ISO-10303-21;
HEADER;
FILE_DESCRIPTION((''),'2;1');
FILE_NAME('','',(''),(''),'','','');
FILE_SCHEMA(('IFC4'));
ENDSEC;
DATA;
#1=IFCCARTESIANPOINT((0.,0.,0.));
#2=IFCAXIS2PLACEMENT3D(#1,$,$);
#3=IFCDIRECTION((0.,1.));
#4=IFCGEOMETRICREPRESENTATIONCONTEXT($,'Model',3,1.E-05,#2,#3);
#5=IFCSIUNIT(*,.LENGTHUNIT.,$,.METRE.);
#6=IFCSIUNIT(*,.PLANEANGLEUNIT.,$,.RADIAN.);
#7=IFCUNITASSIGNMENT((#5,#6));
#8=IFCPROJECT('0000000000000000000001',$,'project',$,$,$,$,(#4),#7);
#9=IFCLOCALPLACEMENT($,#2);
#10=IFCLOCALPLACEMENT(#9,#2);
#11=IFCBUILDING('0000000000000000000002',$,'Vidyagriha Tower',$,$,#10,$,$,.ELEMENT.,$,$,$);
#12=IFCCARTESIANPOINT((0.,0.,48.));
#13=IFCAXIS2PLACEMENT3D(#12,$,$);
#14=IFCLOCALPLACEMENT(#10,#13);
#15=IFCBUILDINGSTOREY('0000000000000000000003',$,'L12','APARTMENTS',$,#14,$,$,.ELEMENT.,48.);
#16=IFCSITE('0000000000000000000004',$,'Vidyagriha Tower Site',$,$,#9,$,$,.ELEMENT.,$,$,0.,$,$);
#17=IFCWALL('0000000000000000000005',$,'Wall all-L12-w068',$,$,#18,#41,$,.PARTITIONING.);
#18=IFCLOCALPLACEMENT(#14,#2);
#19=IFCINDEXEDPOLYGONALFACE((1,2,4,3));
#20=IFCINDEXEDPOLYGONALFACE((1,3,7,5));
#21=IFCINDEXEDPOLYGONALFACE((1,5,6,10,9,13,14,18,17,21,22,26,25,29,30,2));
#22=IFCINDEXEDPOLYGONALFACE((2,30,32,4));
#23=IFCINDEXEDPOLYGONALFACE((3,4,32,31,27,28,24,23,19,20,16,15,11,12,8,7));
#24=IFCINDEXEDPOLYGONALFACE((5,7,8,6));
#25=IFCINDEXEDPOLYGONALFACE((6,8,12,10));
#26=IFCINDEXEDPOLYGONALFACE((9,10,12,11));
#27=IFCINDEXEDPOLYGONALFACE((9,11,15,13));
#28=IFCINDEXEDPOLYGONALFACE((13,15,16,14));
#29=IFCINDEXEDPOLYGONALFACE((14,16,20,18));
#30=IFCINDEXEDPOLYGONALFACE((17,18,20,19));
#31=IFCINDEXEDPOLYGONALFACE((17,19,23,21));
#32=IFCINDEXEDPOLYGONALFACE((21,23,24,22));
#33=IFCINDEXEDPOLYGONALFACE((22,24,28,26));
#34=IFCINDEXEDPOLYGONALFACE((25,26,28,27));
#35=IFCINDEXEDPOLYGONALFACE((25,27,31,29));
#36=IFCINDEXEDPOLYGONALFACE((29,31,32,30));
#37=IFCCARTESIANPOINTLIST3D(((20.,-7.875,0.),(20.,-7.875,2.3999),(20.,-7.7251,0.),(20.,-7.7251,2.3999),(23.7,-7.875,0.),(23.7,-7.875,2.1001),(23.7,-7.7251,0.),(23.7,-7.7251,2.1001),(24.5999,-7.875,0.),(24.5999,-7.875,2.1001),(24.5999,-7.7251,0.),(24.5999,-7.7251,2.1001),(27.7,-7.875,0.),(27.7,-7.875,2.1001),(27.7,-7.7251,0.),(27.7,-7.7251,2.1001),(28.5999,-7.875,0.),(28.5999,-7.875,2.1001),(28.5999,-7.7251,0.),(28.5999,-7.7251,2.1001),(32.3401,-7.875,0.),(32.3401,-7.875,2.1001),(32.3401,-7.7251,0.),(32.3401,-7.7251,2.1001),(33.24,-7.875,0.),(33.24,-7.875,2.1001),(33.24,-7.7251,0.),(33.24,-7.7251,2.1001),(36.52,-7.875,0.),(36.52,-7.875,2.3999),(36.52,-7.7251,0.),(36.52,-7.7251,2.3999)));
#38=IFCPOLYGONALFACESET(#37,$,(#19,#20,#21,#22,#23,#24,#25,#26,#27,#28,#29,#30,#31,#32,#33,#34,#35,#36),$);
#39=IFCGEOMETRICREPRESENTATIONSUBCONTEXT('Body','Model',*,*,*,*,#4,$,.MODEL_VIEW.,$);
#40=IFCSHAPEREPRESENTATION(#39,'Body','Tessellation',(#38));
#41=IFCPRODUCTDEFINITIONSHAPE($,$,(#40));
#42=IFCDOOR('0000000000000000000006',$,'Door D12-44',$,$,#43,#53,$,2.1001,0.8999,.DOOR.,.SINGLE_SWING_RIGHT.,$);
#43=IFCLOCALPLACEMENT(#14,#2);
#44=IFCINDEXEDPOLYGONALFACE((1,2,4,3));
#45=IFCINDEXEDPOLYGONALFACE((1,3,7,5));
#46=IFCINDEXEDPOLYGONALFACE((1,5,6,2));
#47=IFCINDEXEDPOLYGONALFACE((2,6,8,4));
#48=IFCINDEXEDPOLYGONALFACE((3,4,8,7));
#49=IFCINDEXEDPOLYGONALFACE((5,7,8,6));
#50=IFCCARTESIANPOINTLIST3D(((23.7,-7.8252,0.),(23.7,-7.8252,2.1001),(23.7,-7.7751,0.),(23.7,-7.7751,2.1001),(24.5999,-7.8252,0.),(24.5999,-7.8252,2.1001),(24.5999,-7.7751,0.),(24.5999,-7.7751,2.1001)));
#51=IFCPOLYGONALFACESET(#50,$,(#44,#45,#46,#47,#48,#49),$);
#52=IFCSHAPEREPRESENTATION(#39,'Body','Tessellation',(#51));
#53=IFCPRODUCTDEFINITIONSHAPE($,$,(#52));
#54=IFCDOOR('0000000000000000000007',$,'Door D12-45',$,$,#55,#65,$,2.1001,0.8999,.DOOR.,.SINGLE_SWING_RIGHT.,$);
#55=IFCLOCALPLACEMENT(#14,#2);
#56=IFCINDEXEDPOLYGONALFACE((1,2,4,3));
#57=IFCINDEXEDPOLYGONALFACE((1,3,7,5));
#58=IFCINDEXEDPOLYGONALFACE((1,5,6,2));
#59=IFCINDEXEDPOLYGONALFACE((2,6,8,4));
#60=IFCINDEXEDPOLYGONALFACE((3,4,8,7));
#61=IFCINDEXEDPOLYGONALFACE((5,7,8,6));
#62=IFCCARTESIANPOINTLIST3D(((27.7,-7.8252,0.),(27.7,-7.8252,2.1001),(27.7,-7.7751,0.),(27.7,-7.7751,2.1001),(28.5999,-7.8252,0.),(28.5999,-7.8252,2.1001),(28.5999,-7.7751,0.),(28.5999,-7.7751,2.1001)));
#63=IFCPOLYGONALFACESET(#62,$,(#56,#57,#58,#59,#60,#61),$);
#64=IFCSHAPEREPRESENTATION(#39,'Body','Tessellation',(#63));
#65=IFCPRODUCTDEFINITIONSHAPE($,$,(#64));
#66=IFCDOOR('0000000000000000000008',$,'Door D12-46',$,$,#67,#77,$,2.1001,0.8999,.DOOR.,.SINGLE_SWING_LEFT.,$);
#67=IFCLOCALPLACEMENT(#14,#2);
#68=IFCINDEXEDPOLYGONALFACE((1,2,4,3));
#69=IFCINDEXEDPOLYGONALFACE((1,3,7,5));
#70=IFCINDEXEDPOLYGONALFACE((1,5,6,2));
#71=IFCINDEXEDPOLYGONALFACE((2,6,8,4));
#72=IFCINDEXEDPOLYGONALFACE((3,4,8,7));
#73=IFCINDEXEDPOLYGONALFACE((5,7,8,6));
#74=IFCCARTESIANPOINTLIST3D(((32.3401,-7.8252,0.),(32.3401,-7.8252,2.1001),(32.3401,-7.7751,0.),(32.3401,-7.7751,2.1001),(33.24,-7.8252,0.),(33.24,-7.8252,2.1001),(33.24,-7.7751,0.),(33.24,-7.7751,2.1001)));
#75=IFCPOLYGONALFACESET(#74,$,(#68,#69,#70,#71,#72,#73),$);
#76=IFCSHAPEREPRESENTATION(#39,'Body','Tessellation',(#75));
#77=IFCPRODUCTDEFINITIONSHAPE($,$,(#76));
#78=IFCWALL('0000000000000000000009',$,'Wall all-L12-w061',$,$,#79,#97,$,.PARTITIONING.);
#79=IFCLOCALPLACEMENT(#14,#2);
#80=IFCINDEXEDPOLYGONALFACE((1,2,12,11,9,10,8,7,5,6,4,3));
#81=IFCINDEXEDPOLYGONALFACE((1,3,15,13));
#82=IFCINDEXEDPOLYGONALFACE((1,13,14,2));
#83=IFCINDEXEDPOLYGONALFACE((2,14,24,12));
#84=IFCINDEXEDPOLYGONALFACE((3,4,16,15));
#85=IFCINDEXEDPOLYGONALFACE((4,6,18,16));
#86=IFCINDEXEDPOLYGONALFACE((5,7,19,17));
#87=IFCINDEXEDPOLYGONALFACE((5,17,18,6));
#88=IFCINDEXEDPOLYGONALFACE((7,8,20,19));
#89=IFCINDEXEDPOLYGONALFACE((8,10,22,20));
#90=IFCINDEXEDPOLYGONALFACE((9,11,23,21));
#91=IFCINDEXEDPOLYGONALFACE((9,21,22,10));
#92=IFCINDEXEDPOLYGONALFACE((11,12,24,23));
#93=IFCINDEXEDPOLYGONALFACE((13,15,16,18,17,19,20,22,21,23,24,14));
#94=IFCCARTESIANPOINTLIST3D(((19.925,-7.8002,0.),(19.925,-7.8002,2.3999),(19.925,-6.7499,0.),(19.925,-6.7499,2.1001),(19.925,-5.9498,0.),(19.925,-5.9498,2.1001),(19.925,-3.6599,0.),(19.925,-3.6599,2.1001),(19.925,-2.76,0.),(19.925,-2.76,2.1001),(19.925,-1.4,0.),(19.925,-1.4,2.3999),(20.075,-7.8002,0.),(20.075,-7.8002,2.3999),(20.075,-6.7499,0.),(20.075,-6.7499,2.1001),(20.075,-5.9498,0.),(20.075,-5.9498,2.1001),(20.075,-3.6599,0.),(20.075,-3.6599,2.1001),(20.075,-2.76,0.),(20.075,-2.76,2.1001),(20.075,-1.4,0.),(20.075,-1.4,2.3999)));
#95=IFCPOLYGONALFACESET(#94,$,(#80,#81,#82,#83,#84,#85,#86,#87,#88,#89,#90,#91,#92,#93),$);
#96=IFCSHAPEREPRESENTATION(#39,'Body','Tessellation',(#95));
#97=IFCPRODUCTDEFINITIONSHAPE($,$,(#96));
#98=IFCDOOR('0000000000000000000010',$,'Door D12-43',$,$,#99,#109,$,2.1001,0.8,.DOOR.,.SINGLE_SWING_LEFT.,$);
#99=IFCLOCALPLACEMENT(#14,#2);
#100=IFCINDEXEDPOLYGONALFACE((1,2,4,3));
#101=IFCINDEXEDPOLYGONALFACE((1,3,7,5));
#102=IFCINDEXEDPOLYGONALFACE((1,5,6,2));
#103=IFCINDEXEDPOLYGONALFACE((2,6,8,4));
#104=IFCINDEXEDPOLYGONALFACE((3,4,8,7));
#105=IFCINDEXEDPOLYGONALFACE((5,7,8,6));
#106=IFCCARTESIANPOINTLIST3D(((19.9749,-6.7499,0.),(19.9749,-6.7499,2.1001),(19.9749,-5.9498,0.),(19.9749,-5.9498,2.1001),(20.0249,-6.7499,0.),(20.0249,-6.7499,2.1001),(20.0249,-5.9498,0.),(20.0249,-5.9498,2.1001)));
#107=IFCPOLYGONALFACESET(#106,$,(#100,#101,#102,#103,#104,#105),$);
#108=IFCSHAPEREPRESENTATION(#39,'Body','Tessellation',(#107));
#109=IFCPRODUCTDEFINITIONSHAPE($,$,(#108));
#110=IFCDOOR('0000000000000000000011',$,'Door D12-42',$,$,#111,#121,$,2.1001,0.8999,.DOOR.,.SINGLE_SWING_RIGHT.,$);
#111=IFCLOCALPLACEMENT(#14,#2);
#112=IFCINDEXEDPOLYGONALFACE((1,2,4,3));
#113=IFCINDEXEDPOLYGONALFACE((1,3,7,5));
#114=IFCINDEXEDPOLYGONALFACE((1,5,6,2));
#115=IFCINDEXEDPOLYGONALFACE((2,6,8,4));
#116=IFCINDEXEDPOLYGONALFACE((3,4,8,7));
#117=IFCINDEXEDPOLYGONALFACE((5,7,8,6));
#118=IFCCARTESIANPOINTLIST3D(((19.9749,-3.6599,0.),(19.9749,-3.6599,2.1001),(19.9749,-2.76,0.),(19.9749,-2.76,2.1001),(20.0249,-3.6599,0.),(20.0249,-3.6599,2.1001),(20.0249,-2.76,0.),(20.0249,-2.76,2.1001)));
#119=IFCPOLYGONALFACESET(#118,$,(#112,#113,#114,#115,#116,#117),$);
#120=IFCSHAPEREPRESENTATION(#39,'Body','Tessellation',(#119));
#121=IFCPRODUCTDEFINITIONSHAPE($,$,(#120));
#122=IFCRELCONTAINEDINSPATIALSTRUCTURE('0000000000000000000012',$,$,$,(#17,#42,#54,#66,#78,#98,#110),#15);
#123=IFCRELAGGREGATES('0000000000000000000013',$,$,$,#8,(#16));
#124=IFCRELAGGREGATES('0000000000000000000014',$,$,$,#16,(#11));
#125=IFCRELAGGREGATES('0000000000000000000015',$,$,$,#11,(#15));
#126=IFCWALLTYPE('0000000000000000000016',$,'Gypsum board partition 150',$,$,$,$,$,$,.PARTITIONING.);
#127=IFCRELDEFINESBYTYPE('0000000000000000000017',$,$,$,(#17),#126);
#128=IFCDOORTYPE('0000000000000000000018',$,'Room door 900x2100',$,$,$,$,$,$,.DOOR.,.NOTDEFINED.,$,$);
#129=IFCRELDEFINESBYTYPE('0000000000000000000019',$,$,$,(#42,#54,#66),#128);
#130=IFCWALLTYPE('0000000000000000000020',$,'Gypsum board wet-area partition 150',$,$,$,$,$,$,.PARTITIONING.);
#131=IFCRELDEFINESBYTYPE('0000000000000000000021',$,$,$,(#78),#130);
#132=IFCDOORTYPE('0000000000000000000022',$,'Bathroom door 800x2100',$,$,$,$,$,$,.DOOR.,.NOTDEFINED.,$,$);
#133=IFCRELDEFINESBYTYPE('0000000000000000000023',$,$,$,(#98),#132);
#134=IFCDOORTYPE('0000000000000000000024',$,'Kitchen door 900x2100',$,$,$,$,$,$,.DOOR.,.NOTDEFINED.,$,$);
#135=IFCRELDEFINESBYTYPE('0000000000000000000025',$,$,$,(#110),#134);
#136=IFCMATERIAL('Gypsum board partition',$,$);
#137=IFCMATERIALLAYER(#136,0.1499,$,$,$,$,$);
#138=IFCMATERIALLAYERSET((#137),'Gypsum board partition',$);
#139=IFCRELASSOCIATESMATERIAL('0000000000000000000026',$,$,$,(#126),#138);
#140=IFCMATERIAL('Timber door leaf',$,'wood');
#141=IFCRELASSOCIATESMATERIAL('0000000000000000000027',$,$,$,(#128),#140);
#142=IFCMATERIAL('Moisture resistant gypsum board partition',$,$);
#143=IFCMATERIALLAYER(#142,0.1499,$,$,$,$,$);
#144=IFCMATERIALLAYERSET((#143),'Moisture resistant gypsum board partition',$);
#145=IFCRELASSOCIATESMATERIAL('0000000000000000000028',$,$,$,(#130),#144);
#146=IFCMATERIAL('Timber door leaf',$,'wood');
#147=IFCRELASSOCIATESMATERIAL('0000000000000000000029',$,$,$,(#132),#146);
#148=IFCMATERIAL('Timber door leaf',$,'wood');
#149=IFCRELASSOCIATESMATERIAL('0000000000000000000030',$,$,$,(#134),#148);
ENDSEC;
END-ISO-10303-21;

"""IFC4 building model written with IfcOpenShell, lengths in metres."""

from ifc_helpers import new_model, si_unit, direction, frame, frame_2d, origin, place, context, subcontext, project, spatial, rectangle, extrude, material, layer, layer_set, type_object, element, fill, save


model = new_model("IFC4")

# Units and contexts
model_context = context("Model", 3, precision=1e-05, world=origin(), true_north=direction((0.0, 1.0)))
body_context = subcontext(model_context, "Body", "Model", "MODEL_VIEW")
ifc_project = project(units=[si_unit("LENGTHUNIT", "METRE"), si_unit("PLANEANGLEUNIT", "RADIAN")], contexts=[model_context])

# Site, building, storey
site_placement = place(None, origin())
site = spatial("IfcSite", under=ifc_project, at=site_placement, Name="Vidyagriha Tower Site", CompositionType="ELEMENT", RefElevation=0.0)
building_placement = place(site_placement, origin())
building = spatial("IfcBuilding", under=site, at=building_placement, Name="Vidyagriha Tower", CompositionType="ELEMENT")
storey_placement = place(building_placement, frame((0.0, 0.0, 48.0)))
storey = spatial("IfcBuildingStorey", under=building, at=storey_placement, Name="L12", Description="APARTMENTS", CompositionType="ELEMENT", Elevation=48.0)

# Shared definitions
ifc_material_1 = material(Name="Gypsum board partition")
ifc_layer_1 = layer(ifc_material_1, 0.1499)
ifc_layer_set_1 = layer_set([ifc_layer_1], Name="Gypsum board partition")
wall_type_1 = type_object("IfcWallType", Name="Gypsum board partition 150", PredefinedType="PARTITIONING", material=ifc_layer_set_1)

# Shared definitions
ifc_material_2 = material(Name="Timber door leaf", Category="wood")
door_type_1 = type_object("IfcDoorType", Name="Room door 900x2100", OperationType="NOTDEFINED", PredefinedType="DOOR", material=ifc_material_2)

# Walls, openings, doors
wall_1_placement = place(storey_placement, frame((20.0, -7.8, 0.0)))
wall_1 = element("IfcWall", 1, at=wall_1_placement, inside=storey, type_object=wall_type_1, Name="Wall all-L12-w068", PredefinedType="PARTITIONING", context=body_context, shape_type="SweptSolid", body=[
    extrude(rectangle(XDim=16.52, YDim=0.1499, at=frame_2d((8.26, 0.0))), origin(), (0.0, 0.0, 1.0), 2.3999),
])
opening_1_placement = place(wall_1_placement, frame((3.7, 0.0, 0.0)))
opening_1 = element("IfcOpeningElement", 2, at=opening_1_placement, cuts=wall_1, PredefinedType="OPENING", context=body_context, shape_type="SweptSolid", body=[
    extrude(rectangle(XDim=0.8999, YDim=2.1001, at=frame_2d((0.45, 1.05))), frame((0.0, 0.085, 0.0), z_axis=(0.0, -1.0, 0.0), x_axis=(1.0, 0.0, 0.0)), (0.0, 0.0, 1.0), 0.1699),
])
opening_2_placement = place(wall_1_placement, frame((7.7, 0.0, 0.0)))
opening_2 = element("IfcOpeningElement", 3, at=opening_2_placement, cuts=wall_1, PredefinedType="OPENING", context=body_context, shape_type="SweptSolid", body=[
    extrude(rectangle(XDim=0.8999, YDim=2.1001, at=frame_2d((0.45, 1.05))), frame((0.0, 0.085, 0.0), z_axis=(0.0, -1.0, 0.0), x_axis=(1.0, 0.0, 0.0)), (0.0, 0.0, 1.0), 0.1699),
])
opening_3_placement = place(wall_1_placement, frame((12.3401, 0.0, 0.0)))
opening_3 = element("IfcOpeningElement", 4, at=opening_3_placement, cuts=wall_1, PredefinedType="OPENING", context=body_context, shape_type="SweptSolid", body=[
    extrude(rectangle(XDim=0.8999, YDim=2.1001, at=frame_2d((0.45, 1.05))), frame((0.0, 0.085, 0.0), z_axis=(0.0, -1.0, 0.0), x_axis=(1.0, 0.0, 0.0)), (0.0, 0.0, 1.0), 0.1699),
])
door_1_placement = place(opening_1_placement, origin())
door_1 = element("IfcDoor", 5, at=door_1_placement, inside=storey, type_object=door_type_1, Name="Door D12-44", OperationType="SINGLE_SWING_RIGHT", OverallHeight=2.1001, OverallWidth=0.8999, PredefinedType="DOOR", context=body_context, shape_type="SweptSolid", body=[
    extrude(rectangle(XDim=0.8999, YDim=2.1001, at=frame_2d((0.45, 1.05))), frame((0.0, 0.0249, 0.0), z_axis=(0.0, -1.0, 0.0), x_axis=(1.0, 0.0, 0.0)), (0.0, 0.0, 1.0), 0.05),
])
fill(opening_1, door_1)
door_2_placement = place(opening_2_placement, origin())
door_2 = element("IfcDoor", 6, at=door_2_placement, inside=storey, type_object=door_type_1, Name="Door D12-45", OperationType="SINGLE_SWING_RIGHT", OverallHeight=2.1001, OverallWidth=0.8999, PredefinedType="DOOR", context=body_context, shape_type="SweptSolid", body=[
    extrude(rectangle(XDim=0.8999, YDim=2.1001, at=frame_2d((0.45, 1.05))), frame((0.0, 0.0249, 0.0), z_axis=(0.0, -1.0, 0.0), x_axis=(1.0, 0.0, 0.0)), (0.0, 0.0, 1.0), 0.05),
])
fill(opening_2, door_2)
door_3_placement = place(opening_3_placement, origin())
door_3 = element("IfcDoor", 7, at=door_3_placement, inside=storey, type_object=door_type_1, Name="Door D12-46", OperationType="SINGLE_SWING_LEFT", OverallHeight=2.1001, OverallWidth=0.8999, PredefinedType="DOOR", context=body_context, shape_type="SweptSolid", body=[
    extrude(rectangle(XDim=0.8999, YDim=2.1001, at=frame_2d((0.45, 1.05))), frame((0.0, 0.0249, 0.0), z_axis=(0.0, -1.0, 0.0), x_axis=(1.0, 0.0, 0.0)), (0.0, 0.0, 1.0), 0.05),
])
fill(opening_3, door_3)
ifc_material_3 = material(Name="Moisture resistant gypsum board partition")
ifc_layer_2 = layer(ifc_material_3, 0.1499)
ifc_layer_set_2 = layer_set([ifc_layer_2], Name="Moisture resistant gypsum board partition")
wall_type_2 = type_object("IfcWallType", Name="Gypsum board wet-area partition 150", PredefinedType="PARTITIONING", material=ifc_layer_set_2)
wall_2_placement = place(storey_placement, frame((20.0, -1.3999, 0.0), z_axis=(0.0, 0.0, 1.0), x_axis=(0.0, -1.0, 0.0)))
wall_2 = element("IfcWall", 8, at=wall_2_placement, inside=storey, type_object=wall_type_2, Name="Wall all-L12-w061", PredefinedType="PARTITIONING", context=body_context, shape_type="SweptSolid", body=[
    extrude(rectangle(XDim=6.4001, YDim=0.1499, at=frame_2d((3.2002, 0.0))), origin(), (0.0, 0.0, 1.0), 2.3999),
])
opening_4_placement = place(wall_2_placement, frame((1.3601, 0.0, 0.0)))
opening_4 = element("IfcOpeningElement", 9, at=opening_4_placement, cuts=wall_2, PredefinedType="OPENING", context=body_context, shape_type="SweptSolid", body=[
    extrude(rectangle(XDim=0.8999, YDim=2.1001, at=frame_2d((0.45, 1.05))), frame((0.0, 0.085, 0.0), z_axis=(0.0, -1.0, 0.0), x_axis=(1.0, 0.0, 0.0)), (0.0, 0.0, 1.0), 0.1699),
])
opening_5_placement = place(wall_2_placement, frame((4.55, 0.0, 0.0)))
opening_5 = element("IfcOpeningElement", 10, at=opening_5_placement, cuts=wall_2, PredefinedType="OPENING", context=body_context, shape_type="SweptSolid", body=[
    extrude(rectangle(XDim=0.8, YDim=2.1001, at=frame_2d((0.3999, 1.05))), frame((0.0, 0.085, 0.0), z_axis=(0.0, -1.0, 0.0), x_axis=(1.0, 0.0, 0.0)), (0.0, 0.0, 1.0), 0.1699),
])
ifc_material_4 = material(Name="Timber door leaf", Category="wood")
door_type_2 = type_object("IfcDoorType", Name="Bathroom door 800x2100", OperationType="NOTDEFINED", PredefinedType="DOOR", material=ifc_material_4)
door_4_placement = place(opening_5_placement, origin())
door_4 = element("IfcDoor", 11, at=door_4_placement, inside=storey, type_object=door_type_2, Name="Door D12-43", OperationType="SINGLE_SWING_LEFT", OverallHeight=2.1001, OverallWidth=0.8, PredefinedType="DOOR", context=body_context, shape_type="SweptSolid", body=[
    extrude(rectangle(XDim=0.8, YDim=2.1001, at=frame_2d((0.3999, 1.05))), frame((0.0, 0.0249, 0.0), z_axis=(0.0, -1.0, 0.0), x_axis=(1.0, 0.0, 0.0)), (0.0, 0.0, 1.0), 0.05),
])
fill(opening_5, door_4)
ifc_material_5 = material(Name="Timber door leaf", Category="wood")
door_type_3 = type_object("IfcDoorType", Name="Kitchen door 900x2100", OperationType="NOTDEFINED", PredefinedType="DOOR", material=ifc_material_5)
door_5_placement = place(opening_4_placement, origin())
door_5 = element("IfcDoor", 12, at=door_5_placement, inside=storey, type_object=door_type_3, Name="Door D12-42", OperationType="SINGLE_SWING_RIGHT", OverallHeight=2.1001, OverallWidth=0.8999, PredefinedType="DOOR", context=body_context, shape_type="SweptSolid", body=[
    extrude(rectangle(XDim=0.8999, YDim=2.1001, at=frame_2d((0.45, 1.05))), frame((0.0, 0.0249, 0.0), z_axis=(0.0, -1.0, 0.0), x_axis=(1.0, 0.0, 0.0)), (0.0, 0.0, 1.0), 0.05),
])
fill(opening_4, door_5)

save(model, "model.ifc")
